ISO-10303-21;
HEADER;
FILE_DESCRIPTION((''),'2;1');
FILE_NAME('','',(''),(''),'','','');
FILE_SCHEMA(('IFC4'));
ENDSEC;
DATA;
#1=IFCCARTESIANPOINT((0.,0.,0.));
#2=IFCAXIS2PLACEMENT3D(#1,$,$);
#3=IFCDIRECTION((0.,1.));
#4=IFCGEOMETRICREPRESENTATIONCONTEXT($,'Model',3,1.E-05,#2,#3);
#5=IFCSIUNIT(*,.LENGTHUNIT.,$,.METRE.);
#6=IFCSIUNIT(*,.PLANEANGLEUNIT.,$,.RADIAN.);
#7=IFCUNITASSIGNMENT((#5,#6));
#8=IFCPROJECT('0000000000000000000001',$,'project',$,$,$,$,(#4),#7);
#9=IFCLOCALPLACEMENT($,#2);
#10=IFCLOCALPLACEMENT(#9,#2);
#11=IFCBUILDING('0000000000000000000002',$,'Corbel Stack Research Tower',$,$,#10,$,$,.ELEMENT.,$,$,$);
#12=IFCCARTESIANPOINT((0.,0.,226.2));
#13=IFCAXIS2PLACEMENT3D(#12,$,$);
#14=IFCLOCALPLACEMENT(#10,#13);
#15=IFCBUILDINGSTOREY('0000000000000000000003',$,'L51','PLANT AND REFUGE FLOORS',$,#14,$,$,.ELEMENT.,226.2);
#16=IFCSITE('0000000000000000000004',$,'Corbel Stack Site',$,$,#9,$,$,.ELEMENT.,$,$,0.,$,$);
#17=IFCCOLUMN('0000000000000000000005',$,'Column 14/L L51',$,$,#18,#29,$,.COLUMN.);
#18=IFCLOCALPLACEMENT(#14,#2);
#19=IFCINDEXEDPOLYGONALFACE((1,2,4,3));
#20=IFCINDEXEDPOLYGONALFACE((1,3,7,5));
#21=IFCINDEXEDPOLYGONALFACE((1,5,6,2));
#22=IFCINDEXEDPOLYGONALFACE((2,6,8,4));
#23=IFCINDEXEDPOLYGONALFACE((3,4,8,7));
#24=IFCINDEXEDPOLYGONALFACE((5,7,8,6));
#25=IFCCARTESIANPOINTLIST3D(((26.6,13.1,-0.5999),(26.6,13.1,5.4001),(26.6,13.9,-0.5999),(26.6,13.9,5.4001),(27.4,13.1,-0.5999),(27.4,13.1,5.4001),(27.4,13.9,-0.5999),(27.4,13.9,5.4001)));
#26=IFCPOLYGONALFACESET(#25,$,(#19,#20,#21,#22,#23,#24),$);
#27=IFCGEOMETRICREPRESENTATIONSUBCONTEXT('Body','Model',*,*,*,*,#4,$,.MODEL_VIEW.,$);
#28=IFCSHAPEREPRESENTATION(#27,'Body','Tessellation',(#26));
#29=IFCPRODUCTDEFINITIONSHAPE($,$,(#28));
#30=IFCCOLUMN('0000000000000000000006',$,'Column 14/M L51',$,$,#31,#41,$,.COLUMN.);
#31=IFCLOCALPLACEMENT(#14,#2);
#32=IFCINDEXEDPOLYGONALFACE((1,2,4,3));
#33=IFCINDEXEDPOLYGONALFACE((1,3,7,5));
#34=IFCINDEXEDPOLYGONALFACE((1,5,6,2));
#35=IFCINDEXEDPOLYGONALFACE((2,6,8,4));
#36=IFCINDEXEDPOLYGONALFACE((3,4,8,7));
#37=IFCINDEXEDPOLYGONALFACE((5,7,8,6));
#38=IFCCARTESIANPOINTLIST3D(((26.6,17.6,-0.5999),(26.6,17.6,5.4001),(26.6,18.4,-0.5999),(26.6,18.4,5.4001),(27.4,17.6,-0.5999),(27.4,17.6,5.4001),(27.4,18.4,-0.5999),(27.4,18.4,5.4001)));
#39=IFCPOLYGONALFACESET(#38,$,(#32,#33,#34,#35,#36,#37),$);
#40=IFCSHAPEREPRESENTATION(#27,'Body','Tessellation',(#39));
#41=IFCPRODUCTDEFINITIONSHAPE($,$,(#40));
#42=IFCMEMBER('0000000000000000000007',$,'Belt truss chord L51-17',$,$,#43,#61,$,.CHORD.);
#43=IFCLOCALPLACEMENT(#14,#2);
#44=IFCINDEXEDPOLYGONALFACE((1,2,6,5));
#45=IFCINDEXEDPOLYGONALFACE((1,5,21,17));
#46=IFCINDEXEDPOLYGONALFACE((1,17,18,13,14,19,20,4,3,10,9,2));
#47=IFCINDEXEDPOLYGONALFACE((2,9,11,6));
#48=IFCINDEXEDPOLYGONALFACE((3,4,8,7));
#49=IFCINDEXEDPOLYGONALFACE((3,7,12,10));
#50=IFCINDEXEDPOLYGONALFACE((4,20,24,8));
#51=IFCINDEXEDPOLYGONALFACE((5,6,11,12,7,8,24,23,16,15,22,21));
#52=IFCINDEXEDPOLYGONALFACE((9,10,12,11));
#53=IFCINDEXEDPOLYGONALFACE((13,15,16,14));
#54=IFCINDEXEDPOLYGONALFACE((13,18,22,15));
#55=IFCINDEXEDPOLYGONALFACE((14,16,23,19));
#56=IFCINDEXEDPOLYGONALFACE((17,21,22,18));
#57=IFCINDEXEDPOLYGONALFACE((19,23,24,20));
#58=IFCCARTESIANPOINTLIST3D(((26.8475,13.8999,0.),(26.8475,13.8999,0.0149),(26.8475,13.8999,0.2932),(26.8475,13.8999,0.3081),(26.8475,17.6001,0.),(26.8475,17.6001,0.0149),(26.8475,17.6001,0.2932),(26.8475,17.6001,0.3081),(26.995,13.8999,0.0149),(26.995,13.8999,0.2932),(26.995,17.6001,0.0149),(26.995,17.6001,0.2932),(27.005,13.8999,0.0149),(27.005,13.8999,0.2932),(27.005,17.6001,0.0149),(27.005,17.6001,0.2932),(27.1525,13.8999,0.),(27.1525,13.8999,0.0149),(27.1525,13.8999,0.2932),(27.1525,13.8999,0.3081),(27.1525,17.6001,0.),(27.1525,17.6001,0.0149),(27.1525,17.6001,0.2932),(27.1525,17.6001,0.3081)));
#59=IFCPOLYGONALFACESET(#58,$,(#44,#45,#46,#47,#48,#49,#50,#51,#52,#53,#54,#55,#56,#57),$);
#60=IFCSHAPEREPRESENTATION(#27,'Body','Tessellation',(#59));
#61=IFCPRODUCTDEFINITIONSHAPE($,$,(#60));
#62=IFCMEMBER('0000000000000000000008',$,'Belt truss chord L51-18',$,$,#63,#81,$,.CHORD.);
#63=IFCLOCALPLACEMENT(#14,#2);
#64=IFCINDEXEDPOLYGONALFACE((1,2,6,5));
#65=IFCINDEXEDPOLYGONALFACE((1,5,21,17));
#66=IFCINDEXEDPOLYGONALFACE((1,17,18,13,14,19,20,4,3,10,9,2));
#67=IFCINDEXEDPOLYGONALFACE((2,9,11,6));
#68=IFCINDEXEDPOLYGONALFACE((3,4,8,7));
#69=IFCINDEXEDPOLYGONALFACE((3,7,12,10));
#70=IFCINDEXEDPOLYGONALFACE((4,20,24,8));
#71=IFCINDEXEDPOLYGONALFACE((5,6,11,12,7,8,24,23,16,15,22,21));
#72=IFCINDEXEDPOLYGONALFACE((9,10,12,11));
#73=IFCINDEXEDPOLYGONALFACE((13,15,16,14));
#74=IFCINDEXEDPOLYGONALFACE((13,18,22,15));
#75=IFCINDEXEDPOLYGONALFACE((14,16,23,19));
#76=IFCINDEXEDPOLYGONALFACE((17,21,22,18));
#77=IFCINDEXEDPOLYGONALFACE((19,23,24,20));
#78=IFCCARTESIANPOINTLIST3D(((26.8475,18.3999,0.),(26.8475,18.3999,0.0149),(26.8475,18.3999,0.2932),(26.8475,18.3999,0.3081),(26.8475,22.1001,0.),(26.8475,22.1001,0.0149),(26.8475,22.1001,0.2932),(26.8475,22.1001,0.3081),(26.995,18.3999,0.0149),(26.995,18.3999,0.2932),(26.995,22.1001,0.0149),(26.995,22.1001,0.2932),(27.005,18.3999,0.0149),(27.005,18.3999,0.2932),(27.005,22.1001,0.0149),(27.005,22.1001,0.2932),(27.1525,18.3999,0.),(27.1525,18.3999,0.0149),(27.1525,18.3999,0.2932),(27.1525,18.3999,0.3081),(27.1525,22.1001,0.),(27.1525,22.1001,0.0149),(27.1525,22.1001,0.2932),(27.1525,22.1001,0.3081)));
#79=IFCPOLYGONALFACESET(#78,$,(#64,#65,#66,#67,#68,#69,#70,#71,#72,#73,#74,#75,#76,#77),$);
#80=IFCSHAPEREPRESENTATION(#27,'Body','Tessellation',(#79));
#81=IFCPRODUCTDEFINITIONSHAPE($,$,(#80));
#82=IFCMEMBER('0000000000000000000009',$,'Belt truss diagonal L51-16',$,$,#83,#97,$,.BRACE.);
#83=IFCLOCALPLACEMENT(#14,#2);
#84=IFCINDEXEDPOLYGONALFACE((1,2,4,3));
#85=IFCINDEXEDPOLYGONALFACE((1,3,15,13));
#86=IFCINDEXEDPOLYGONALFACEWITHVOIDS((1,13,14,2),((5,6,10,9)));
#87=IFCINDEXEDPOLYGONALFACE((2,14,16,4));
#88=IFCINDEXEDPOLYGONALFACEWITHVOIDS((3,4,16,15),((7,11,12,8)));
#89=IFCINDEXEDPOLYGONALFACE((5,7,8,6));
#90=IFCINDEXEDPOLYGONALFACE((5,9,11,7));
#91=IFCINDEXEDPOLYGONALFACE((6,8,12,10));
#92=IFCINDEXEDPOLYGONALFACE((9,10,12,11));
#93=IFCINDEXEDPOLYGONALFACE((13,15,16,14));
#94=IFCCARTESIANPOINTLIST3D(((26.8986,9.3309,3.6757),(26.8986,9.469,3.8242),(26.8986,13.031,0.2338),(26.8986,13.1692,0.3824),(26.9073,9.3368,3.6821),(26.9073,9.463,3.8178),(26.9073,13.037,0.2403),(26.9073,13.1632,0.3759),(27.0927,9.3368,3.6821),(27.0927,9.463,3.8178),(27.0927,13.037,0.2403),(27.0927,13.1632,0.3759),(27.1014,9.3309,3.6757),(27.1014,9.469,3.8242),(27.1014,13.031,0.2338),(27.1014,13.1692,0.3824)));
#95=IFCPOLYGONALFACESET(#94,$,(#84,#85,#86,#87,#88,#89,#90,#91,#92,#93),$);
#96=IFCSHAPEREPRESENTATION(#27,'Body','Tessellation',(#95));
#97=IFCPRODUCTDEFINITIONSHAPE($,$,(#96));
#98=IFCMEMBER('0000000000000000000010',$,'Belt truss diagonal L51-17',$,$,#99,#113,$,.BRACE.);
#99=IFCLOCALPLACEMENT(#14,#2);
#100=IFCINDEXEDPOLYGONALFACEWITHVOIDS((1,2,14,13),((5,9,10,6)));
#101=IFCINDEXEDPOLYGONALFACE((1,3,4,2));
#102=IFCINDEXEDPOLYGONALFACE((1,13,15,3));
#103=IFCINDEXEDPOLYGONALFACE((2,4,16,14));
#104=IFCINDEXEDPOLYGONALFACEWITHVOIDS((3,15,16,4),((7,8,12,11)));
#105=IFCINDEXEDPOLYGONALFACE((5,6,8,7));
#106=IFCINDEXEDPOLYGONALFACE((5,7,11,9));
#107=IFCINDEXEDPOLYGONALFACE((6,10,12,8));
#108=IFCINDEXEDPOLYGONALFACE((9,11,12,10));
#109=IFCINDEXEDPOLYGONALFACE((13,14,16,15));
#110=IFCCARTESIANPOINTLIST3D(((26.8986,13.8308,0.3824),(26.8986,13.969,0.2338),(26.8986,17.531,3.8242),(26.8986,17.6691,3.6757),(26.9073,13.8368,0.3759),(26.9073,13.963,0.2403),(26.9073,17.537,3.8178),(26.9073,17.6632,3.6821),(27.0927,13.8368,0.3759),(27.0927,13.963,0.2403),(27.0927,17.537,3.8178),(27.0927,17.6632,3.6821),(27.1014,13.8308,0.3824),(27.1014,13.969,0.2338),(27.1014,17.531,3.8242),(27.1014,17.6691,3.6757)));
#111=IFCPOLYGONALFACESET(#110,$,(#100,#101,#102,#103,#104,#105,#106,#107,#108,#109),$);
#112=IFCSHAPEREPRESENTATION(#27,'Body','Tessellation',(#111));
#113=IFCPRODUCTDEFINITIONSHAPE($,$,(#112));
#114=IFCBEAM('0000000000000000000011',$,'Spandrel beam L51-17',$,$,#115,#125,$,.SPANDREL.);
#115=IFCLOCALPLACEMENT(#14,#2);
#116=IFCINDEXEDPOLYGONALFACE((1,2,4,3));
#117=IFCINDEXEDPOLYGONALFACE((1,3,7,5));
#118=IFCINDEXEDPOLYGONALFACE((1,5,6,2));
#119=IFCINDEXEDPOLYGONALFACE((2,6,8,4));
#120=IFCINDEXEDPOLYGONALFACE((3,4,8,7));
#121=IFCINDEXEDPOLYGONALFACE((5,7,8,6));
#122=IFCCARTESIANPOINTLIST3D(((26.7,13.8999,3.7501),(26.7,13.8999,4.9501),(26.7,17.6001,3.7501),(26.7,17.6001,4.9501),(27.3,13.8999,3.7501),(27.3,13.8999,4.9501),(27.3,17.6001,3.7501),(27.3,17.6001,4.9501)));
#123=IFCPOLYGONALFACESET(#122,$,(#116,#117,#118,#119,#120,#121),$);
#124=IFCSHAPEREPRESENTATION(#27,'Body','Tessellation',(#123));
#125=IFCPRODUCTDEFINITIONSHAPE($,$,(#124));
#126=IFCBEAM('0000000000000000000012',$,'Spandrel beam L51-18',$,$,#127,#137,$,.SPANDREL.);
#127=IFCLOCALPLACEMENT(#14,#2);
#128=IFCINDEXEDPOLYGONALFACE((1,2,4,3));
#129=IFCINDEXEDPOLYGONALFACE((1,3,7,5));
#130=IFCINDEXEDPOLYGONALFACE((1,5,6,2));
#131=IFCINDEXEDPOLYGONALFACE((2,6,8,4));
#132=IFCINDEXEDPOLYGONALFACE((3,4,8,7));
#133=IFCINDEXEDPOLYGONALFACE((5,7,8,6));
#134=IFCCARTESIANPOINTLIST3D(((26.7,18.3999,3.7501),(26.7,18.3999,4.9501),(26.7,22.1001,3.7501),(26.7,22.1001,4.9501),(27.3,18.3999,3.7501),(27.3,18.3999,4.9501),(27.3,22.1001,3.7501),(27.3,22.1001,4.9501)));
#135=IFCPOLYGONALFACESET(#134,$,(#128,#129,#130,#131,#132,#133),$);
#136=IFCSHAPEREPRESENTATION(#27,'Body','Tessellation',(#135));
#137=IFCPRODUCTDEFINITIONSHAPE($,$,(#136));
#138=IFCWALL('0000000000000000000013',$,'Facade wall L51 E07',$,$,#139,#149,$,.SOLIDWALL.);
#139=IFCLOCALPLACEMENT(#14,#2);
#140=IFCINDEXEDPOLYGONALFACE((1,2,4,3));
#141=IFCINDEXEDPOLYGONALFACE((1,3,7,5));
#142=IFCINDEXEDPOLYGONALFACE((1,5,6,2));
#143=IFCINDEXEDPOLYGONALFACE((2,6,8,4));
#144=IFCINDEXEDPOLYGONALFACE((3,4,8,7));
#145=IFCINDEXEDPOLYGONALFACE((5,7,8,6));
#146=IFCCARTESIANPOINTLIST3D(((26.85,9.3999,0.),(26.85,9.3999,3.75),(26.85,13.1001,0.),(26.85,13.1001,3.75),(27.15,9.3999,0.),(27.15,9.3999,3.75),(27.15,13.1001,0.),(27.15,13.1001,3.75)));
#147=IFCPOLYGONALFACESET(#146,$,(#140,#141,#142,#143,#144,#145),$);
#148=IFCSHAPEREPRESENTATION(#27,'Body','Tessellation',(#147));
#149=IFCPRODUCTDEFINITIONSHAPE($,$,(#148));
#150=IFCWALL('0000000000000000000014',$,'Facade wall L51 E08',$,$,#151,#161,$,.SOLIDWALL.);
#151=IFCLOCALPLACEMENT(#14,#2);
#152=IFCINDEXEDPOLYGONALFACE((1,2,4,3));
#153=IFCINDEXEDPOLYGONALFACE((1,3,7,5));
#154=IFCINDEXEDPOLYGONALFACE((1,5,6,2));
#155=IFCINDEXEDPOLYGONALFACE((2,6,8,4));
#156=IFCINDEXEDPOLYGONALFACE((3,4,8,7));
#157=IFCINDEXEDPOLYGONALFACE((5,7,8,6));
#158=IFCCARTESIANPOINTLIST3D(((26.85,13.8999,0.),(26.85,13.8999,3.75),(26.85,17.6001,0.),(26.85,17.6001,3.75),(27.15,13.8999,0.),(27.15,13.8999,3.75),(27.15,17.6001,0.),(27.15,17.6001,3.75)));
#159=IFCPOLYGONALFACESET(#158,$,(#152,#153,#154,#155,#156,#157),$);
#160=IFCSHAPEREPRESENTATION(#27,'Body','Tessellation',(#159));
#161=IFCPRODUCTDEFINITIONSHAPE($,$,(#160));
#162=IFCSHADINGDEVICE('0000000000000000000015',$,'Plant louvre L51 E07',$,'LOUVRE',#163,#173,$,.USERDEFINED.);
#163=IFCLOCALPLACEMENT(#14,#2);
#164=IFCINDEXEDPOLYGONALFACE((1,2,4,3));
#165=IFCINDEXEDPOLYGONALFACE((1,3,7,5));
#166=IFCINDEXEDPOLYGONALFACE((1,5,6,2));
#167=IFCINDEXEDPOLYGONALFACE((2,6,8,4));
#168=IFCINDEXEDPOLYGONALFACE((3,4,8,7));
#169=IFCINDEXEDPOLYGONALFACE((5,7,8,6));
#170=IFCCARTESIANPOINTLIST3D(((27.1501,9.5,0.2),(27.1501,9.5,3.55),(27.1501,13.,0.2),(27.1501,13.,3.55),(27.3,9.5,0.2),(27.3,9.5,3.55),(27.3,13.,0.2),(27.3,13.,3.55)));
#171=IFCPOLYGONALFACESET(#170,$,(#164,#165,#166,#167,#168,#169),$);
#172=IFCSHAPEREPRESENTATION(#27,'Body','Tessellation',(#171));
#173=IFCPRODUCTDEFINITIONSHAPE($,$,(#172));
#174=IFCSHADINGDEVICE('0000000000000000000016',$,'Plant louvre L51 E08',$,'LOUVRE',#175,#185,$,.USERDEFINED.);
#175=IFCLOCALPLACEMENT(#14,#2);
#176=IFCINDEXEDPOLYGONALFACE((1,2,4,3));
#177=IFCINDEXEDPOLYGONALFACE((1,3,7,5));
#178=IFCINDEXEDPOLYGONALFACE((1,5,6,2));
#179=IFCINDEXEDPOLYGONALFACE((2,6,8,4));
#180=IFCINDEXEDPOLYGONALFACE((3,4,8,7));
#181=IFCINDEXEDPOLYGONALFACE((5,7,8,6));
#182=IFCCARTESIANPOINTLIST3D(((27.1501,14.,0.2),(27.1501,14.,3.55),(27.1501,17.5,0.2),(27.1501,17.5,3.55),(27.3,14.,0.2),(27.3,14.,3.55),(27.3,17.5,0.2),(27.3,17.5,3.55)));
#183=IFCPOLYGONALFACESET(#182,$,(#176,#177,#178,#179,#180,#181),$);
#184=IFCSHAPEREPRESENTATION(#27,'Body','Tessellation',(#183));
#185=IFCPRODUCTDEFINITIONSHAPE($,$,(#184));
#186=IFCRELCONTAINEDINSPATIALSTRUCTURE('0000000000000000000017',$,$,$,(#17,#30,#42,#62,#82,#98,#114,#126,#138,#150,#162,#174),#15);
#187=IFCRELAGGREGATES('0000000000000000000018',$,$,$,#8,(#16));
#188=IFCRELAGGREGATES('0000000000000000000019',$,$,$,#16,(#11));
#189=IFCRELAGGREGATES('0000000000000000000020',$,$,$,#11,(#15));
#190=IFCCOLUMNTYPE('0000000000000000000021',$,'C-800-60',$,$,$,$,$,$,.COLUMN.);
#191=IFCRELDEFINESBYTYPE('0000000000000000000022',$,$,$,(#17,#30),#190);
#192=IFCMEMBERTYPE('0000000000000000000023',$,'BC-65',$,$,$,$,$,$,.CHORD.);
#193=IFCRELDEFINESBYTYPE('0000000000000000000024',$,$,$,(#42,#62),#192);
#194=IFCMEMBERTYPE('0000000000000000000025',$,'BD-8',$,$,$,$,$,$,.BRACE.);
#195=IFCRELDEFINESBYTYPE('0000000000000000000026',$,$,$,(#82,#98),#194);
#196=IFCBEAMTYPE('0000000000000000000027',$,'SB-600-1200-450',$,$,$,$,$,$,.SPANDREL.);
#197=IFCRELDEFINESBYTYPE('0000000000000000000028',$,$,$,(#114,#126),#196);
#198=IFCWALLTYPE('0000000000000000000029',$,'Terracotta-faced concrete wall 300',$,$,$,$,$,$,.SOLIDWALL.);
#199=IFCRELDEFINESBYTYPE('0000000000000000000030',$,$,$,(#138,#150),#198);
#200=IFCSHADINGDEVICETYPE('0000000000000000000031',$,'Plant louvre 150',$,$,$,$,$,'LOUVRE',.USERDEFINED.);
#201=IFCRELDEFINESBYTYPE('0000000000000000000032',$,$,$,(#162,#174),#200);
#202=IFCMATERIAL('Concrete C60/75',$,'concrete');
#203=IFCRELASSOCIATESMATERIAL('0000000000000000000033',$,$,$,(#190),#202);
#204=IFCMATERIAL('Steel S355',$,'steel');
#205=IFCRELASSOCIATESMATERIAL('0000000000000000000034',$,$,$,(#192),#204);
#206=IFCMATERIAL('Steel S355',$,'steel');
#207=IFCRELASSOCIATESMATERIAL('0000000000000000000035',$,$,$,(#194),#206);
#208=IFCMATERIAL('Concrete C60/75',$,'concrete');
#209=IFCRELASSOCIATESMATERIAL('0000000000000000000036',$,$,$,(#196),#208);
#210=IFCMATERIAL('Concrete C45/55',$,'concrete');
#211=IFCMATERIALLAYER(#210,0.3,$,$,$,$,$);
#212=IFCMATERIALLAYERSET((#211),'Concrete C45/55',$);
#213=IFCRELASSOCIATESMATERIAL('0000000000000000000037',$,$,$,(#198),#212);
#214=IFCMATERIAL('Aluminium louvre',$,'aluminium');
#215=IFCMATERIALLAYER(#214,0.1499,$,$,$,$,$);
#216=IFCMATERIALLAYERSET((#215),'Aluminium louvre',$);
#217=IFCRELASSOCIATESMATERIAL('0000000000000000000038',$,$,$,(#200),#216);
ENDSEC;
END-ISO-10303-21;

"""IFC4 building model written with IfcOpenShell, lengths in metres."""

from ifc_helpers import new_model, si_unit, direction, frame, frame_2d, origin, origin_2d, place, context, subcontext, project, spatial, rectangle, hollow_rectangle, i_section, extrude, material, layer, layer_set, material_profile, profile_set, type_object, element, save


model = new_model("IFC4")

# Units and contexts
model_context = context("Model", 3, precision=1e-05, world=origin(), true_north=direction((0.0, 1.0)))
body_context = subcontext(model_context, "Body", "Model", "MODEL_VIEW")
ifc_project = project(units=[si_unit("LENGTHUNIT", "METRE"), si_unit("PLANEANGLEUNIT", "RADIAN")], contexts=[model_context])

# Site, building, storey
site_placement = place(None, origin())
site = spatial("IfcSite", under=ifc_project, at=site_placement, Name="Corbel Stack Site", CompositionType="ELEMENT", RefElevation=0.0)
building_placement = place(site_placement, origin())
building = spatial("IfcBuilding", under=site, at=building_placement, Name="Corbel Stack Research Tower", CompositionType="ELEMENT")
storey_placement = place(building_placement, frame((0.0, 0.0, 226.2)))
storey = spatial("IfcBuildingStorey", under=building, at=storey_placement, Name="L51", Description="PLANT AND REFUGE FLOORS", CompositionType="ELEMENT", Elevation=226.2)

# Columns
ifc_material_1 = material(Name="Concrete C60/75", Category="concrete")
ifc_material_profile_1 = material_profile(ifc_material_1, rectangle(XDim=0.8, YDim=0.8, at=origin_2d()), Name="RC 800 x 800")
ifc_profile_set_1 = profile_set([ifc_material_profile_1], Name="Concrete C60/75")
column_type = type_object("IfcColumnType", Name="C-800-60", PredefinedType="COLUMN", material=ifc_profile_set_1)
for number, where, z_axis, x_axis, name in (
    (1, (27.0, 13.5, -0.5999), (0.0, 0.0, 1.0), (1.0, 0.0, 0.0), "Column 14/L L51"),
    (2, (27.0, 18.0, -0.5999), (0.0, 0.0, 1.0), (1.0, 0.0, 0.0), "Column 14/M L51"),
):
    element("IfcColumn", number, at=place(storey_placement, frame(where, z_axis=z_axis, x_axis=x_axis)), inside=storey, type_object=column_type, Name=name, PredefinedType="COLUMN", context=body_context, shape_type="SweptSolid", body=[
        extrude(rectangle(XDim=0.8, YDim=0.8, at=origin_2d()), origin(), (0.0, 0.0, 1.0), 6.0),
    ])

# Members
ifc_material_2 = material(Name="Steel S355", Category="steel")
ifc_material_profile_2 = material_profile(ifc_material_2, i_section(OverallWidth=0.3049, OverallDepth=0.3081, WebThickness=0.01, FlangeThickness=0.0149, at=origin_2d()), Name="W12x65")
ifc_profile_set_2 = profile_set([ifc_material_profile_2], Name="Steel S355")
member_type_1 = type_object("IfcMemberType", Name="BC-65", PredefinedType="CHORD", material=ifc_profile_set_2)
for number, where, z_axis, x_axis, name in (
    (3, (27.0, 13.8999, 0.1541), (0.0, 1.0, 0.0), (-1.0, 0.0, 0.0), "Belt truss chord L51-17"),
    (4, (27.0, 18.3999, 0.1541), (0.0, 1.0, 0.0), (-1.0, 0.0, 0.0), "Belt truss chord L51-18"),
):
    element("IfcMember", number, at=place(storey_placement, frame(where, z_axis=z_axis, x_axis=x_axis)), inside=storey, type_object=member_type_1, Name=name, PredefinedType="CHORD", context=body_context, shape_type="SweptSolid", body=[
        extrude(i_section(OverallWidth=0.3049, OverallDepth=0.3081, WebThickness=0.01, FlangeThickness=0.0149, at=origin_2d()), origin(), (0.0, 0.0, 1.0), 3.7002),
    ])
ifc_material_3 = material(Name="Steel S355", Category="steel")
ifc_material_profile_3 = material_profile(ifc_material_3, hollow_rectangle(XDim=0.2029, YDim=0.2029, WallThickness=0.0088, at=origin_2d()), Name="HSS8x8x3/8")
ifc_profile_set_3 = profile_set([ifc_material_profile_3], Name="Steel S355")
member_type_2 = type_object("IfcMemberType", Name="BD-8", PredefinedType="BRACE", material=ifc_profile_set_3)
for number, where, z_axis, x_axis, name in (
    (5, (27.0, 13.1001, 0.3081), (0.0, -0.732201, 0.681088), (1.0, 0.0, 0.0), "Belt truss diagonal L51-16"),
    (6, (27.0, 13.8999, 0.3081), (0.0, 0.732201, 0.681088), (-1.0, 0.0, 0.0), "Belt truss diagonal L51-17"),
):
    element("IfcMember", number, at=place(storey_placement, frame(where, z_axis=z_axis, x_axis=x_axis)), inside=storey, type_object=member_type_2, Name=name, PredefinedType="BRACE", context=body_context, shape_type="SweptSolid", body=[
        extrude(hollow_rectangle(XDim=0.2029, YDim=0.2029, WallThickness=0.0088, at=origin_2d()), origin(), (0.0, 0.0, 1.0), 5.0535),
    ])

# Beams
ifc_material_4 = material(Name="Concrete C60/75", Category="concrete")
ifc_material_profile_4 = material_profile(ifc_material_4, rectangle(XDim=0.6001, YDim=1.2, at=origin_2d()), Name="RC 600 x 1200")
ifc_profile_set_4 = profile_set([ifc_material_profile_4], Name="Concrete C60/75")
beam_type = type_object("IfcBeamType", Name="SB-600-1200-450", PredefinedType="SPANDREL", material=ifc_profile_set_4)
for number, where, z_axis, x_axis, name in (
    (7, (27.0, 13.8999, 4.3501), (0.0, 1.0, 0.0), (-1.0, 0.0, 0.0), "Spandrel beam L51-17"),
    (8, (27.0, 18.3999, 4.3501), (0.0, 1.0, 0.0), (-1.0, 0.0, 0.0), "Spandrel beam L51-18"),
):
    element("IfcBeam", number, at=place(storey_placement, frame(where, z_axis=z_axis, x_axis=x_axis)), inside=storey, type_object=beam_type, Name=name, PredefinedType="SPANDREL", context=body_context, shape_type="SweptSolid", body=[
        extrude(rectangle(XDim=0.6001, YDim=1.2, at=origin_2d()), origin(), (0.0, 0.0, 1.0), 3.7002),
    ])

# Walls
ifc_material_5 = material(Name="Concrete C45/55", Category="concrete")
ifc_layer_1 = layer(ifc_material_5, 0.3)
ifc_layer_set_1 = layer_set([ifc_layer_1], Name="Concrete C45/55")
wall_type = type_object("IfcWallType", Name="Terracotta-faced concrete wall 300", PredefinedType="SOLIDWALL", material=ifc_layer_set_1)
for number, where, z_axis, x_axis, name in (
    (9, (27.0, 13.1001, 0.0), (0.0, 0.0, 1.0), (0.0, -1.0, 0.0), "Facade wall L51 E07"),
    (10, (27.0, 17.6001, 0.0), (0.0, 0.0, 1.0), (0.0, -1.0, 0.0), "Facade wall L51 E08"),
):
    element("IfcWall", number, at=place(storey_placement, frame(where, z_axis=z_axis, x_axis=x_axis)), inside=storey, type_object=wall_type, Name=name, PredefinedType="SOLIDWALL", context=body_context, shape_type="SweptSolid", body=[
        extrude(rectangle(XDim=3.7002, YDim=0.3, at=frame_2d((1.8501, 0.0))), origin(), (0.0, 0.0, 1.0), 3.75),
    ])

# Shading devices
ifc_material_6 = material(Name="Aluminium louvre", Category="aluminium")
ifc_layer_2 = layer(ifc_material_6, 0.1499)
ifc_layer_set_2 = layer_set([ifc_layer_2], Name="Aluminium louvre")
shading_device_type = type_object("IfcShadingDeviceType", Name="Plant louvre 150", ElementType="LOUVRE", PredefinedType="USERDEFINED", material=ifc_layer_set_2)
for number, where, z_axis, x_axis, name in (
    (11, (27.2251, 11.25, 0.2), (0.0, 0.0, 1.0), (0.0, 1.0, 0.0), "Plant louvre L51 E07"),
    (12, (27.2251, 15.75, 0.2), (0.0, 0.0, 1.0), (0.0, 1.0, 0.0), "Plant louvre L51 E08"),
):
    element("IfcShadingDevice", number, at=place(storey_placement, frame(where, z_axis=z_axis, x_axis=x_axis)), inside=storey, type_object=shading_device_type, Name=name, ObjectType="LOUVRE", PredefinedType="USERDEFINED", context=body_context, shape_type="SweptSolid", body=[
        extrude(rectangle(XDim=3.5, YDim=0.1499, at=origin_2d()), origin(), (0.0, 0.0, 1.0), 3.3501),
    ])

save(model, "model.ifc")
